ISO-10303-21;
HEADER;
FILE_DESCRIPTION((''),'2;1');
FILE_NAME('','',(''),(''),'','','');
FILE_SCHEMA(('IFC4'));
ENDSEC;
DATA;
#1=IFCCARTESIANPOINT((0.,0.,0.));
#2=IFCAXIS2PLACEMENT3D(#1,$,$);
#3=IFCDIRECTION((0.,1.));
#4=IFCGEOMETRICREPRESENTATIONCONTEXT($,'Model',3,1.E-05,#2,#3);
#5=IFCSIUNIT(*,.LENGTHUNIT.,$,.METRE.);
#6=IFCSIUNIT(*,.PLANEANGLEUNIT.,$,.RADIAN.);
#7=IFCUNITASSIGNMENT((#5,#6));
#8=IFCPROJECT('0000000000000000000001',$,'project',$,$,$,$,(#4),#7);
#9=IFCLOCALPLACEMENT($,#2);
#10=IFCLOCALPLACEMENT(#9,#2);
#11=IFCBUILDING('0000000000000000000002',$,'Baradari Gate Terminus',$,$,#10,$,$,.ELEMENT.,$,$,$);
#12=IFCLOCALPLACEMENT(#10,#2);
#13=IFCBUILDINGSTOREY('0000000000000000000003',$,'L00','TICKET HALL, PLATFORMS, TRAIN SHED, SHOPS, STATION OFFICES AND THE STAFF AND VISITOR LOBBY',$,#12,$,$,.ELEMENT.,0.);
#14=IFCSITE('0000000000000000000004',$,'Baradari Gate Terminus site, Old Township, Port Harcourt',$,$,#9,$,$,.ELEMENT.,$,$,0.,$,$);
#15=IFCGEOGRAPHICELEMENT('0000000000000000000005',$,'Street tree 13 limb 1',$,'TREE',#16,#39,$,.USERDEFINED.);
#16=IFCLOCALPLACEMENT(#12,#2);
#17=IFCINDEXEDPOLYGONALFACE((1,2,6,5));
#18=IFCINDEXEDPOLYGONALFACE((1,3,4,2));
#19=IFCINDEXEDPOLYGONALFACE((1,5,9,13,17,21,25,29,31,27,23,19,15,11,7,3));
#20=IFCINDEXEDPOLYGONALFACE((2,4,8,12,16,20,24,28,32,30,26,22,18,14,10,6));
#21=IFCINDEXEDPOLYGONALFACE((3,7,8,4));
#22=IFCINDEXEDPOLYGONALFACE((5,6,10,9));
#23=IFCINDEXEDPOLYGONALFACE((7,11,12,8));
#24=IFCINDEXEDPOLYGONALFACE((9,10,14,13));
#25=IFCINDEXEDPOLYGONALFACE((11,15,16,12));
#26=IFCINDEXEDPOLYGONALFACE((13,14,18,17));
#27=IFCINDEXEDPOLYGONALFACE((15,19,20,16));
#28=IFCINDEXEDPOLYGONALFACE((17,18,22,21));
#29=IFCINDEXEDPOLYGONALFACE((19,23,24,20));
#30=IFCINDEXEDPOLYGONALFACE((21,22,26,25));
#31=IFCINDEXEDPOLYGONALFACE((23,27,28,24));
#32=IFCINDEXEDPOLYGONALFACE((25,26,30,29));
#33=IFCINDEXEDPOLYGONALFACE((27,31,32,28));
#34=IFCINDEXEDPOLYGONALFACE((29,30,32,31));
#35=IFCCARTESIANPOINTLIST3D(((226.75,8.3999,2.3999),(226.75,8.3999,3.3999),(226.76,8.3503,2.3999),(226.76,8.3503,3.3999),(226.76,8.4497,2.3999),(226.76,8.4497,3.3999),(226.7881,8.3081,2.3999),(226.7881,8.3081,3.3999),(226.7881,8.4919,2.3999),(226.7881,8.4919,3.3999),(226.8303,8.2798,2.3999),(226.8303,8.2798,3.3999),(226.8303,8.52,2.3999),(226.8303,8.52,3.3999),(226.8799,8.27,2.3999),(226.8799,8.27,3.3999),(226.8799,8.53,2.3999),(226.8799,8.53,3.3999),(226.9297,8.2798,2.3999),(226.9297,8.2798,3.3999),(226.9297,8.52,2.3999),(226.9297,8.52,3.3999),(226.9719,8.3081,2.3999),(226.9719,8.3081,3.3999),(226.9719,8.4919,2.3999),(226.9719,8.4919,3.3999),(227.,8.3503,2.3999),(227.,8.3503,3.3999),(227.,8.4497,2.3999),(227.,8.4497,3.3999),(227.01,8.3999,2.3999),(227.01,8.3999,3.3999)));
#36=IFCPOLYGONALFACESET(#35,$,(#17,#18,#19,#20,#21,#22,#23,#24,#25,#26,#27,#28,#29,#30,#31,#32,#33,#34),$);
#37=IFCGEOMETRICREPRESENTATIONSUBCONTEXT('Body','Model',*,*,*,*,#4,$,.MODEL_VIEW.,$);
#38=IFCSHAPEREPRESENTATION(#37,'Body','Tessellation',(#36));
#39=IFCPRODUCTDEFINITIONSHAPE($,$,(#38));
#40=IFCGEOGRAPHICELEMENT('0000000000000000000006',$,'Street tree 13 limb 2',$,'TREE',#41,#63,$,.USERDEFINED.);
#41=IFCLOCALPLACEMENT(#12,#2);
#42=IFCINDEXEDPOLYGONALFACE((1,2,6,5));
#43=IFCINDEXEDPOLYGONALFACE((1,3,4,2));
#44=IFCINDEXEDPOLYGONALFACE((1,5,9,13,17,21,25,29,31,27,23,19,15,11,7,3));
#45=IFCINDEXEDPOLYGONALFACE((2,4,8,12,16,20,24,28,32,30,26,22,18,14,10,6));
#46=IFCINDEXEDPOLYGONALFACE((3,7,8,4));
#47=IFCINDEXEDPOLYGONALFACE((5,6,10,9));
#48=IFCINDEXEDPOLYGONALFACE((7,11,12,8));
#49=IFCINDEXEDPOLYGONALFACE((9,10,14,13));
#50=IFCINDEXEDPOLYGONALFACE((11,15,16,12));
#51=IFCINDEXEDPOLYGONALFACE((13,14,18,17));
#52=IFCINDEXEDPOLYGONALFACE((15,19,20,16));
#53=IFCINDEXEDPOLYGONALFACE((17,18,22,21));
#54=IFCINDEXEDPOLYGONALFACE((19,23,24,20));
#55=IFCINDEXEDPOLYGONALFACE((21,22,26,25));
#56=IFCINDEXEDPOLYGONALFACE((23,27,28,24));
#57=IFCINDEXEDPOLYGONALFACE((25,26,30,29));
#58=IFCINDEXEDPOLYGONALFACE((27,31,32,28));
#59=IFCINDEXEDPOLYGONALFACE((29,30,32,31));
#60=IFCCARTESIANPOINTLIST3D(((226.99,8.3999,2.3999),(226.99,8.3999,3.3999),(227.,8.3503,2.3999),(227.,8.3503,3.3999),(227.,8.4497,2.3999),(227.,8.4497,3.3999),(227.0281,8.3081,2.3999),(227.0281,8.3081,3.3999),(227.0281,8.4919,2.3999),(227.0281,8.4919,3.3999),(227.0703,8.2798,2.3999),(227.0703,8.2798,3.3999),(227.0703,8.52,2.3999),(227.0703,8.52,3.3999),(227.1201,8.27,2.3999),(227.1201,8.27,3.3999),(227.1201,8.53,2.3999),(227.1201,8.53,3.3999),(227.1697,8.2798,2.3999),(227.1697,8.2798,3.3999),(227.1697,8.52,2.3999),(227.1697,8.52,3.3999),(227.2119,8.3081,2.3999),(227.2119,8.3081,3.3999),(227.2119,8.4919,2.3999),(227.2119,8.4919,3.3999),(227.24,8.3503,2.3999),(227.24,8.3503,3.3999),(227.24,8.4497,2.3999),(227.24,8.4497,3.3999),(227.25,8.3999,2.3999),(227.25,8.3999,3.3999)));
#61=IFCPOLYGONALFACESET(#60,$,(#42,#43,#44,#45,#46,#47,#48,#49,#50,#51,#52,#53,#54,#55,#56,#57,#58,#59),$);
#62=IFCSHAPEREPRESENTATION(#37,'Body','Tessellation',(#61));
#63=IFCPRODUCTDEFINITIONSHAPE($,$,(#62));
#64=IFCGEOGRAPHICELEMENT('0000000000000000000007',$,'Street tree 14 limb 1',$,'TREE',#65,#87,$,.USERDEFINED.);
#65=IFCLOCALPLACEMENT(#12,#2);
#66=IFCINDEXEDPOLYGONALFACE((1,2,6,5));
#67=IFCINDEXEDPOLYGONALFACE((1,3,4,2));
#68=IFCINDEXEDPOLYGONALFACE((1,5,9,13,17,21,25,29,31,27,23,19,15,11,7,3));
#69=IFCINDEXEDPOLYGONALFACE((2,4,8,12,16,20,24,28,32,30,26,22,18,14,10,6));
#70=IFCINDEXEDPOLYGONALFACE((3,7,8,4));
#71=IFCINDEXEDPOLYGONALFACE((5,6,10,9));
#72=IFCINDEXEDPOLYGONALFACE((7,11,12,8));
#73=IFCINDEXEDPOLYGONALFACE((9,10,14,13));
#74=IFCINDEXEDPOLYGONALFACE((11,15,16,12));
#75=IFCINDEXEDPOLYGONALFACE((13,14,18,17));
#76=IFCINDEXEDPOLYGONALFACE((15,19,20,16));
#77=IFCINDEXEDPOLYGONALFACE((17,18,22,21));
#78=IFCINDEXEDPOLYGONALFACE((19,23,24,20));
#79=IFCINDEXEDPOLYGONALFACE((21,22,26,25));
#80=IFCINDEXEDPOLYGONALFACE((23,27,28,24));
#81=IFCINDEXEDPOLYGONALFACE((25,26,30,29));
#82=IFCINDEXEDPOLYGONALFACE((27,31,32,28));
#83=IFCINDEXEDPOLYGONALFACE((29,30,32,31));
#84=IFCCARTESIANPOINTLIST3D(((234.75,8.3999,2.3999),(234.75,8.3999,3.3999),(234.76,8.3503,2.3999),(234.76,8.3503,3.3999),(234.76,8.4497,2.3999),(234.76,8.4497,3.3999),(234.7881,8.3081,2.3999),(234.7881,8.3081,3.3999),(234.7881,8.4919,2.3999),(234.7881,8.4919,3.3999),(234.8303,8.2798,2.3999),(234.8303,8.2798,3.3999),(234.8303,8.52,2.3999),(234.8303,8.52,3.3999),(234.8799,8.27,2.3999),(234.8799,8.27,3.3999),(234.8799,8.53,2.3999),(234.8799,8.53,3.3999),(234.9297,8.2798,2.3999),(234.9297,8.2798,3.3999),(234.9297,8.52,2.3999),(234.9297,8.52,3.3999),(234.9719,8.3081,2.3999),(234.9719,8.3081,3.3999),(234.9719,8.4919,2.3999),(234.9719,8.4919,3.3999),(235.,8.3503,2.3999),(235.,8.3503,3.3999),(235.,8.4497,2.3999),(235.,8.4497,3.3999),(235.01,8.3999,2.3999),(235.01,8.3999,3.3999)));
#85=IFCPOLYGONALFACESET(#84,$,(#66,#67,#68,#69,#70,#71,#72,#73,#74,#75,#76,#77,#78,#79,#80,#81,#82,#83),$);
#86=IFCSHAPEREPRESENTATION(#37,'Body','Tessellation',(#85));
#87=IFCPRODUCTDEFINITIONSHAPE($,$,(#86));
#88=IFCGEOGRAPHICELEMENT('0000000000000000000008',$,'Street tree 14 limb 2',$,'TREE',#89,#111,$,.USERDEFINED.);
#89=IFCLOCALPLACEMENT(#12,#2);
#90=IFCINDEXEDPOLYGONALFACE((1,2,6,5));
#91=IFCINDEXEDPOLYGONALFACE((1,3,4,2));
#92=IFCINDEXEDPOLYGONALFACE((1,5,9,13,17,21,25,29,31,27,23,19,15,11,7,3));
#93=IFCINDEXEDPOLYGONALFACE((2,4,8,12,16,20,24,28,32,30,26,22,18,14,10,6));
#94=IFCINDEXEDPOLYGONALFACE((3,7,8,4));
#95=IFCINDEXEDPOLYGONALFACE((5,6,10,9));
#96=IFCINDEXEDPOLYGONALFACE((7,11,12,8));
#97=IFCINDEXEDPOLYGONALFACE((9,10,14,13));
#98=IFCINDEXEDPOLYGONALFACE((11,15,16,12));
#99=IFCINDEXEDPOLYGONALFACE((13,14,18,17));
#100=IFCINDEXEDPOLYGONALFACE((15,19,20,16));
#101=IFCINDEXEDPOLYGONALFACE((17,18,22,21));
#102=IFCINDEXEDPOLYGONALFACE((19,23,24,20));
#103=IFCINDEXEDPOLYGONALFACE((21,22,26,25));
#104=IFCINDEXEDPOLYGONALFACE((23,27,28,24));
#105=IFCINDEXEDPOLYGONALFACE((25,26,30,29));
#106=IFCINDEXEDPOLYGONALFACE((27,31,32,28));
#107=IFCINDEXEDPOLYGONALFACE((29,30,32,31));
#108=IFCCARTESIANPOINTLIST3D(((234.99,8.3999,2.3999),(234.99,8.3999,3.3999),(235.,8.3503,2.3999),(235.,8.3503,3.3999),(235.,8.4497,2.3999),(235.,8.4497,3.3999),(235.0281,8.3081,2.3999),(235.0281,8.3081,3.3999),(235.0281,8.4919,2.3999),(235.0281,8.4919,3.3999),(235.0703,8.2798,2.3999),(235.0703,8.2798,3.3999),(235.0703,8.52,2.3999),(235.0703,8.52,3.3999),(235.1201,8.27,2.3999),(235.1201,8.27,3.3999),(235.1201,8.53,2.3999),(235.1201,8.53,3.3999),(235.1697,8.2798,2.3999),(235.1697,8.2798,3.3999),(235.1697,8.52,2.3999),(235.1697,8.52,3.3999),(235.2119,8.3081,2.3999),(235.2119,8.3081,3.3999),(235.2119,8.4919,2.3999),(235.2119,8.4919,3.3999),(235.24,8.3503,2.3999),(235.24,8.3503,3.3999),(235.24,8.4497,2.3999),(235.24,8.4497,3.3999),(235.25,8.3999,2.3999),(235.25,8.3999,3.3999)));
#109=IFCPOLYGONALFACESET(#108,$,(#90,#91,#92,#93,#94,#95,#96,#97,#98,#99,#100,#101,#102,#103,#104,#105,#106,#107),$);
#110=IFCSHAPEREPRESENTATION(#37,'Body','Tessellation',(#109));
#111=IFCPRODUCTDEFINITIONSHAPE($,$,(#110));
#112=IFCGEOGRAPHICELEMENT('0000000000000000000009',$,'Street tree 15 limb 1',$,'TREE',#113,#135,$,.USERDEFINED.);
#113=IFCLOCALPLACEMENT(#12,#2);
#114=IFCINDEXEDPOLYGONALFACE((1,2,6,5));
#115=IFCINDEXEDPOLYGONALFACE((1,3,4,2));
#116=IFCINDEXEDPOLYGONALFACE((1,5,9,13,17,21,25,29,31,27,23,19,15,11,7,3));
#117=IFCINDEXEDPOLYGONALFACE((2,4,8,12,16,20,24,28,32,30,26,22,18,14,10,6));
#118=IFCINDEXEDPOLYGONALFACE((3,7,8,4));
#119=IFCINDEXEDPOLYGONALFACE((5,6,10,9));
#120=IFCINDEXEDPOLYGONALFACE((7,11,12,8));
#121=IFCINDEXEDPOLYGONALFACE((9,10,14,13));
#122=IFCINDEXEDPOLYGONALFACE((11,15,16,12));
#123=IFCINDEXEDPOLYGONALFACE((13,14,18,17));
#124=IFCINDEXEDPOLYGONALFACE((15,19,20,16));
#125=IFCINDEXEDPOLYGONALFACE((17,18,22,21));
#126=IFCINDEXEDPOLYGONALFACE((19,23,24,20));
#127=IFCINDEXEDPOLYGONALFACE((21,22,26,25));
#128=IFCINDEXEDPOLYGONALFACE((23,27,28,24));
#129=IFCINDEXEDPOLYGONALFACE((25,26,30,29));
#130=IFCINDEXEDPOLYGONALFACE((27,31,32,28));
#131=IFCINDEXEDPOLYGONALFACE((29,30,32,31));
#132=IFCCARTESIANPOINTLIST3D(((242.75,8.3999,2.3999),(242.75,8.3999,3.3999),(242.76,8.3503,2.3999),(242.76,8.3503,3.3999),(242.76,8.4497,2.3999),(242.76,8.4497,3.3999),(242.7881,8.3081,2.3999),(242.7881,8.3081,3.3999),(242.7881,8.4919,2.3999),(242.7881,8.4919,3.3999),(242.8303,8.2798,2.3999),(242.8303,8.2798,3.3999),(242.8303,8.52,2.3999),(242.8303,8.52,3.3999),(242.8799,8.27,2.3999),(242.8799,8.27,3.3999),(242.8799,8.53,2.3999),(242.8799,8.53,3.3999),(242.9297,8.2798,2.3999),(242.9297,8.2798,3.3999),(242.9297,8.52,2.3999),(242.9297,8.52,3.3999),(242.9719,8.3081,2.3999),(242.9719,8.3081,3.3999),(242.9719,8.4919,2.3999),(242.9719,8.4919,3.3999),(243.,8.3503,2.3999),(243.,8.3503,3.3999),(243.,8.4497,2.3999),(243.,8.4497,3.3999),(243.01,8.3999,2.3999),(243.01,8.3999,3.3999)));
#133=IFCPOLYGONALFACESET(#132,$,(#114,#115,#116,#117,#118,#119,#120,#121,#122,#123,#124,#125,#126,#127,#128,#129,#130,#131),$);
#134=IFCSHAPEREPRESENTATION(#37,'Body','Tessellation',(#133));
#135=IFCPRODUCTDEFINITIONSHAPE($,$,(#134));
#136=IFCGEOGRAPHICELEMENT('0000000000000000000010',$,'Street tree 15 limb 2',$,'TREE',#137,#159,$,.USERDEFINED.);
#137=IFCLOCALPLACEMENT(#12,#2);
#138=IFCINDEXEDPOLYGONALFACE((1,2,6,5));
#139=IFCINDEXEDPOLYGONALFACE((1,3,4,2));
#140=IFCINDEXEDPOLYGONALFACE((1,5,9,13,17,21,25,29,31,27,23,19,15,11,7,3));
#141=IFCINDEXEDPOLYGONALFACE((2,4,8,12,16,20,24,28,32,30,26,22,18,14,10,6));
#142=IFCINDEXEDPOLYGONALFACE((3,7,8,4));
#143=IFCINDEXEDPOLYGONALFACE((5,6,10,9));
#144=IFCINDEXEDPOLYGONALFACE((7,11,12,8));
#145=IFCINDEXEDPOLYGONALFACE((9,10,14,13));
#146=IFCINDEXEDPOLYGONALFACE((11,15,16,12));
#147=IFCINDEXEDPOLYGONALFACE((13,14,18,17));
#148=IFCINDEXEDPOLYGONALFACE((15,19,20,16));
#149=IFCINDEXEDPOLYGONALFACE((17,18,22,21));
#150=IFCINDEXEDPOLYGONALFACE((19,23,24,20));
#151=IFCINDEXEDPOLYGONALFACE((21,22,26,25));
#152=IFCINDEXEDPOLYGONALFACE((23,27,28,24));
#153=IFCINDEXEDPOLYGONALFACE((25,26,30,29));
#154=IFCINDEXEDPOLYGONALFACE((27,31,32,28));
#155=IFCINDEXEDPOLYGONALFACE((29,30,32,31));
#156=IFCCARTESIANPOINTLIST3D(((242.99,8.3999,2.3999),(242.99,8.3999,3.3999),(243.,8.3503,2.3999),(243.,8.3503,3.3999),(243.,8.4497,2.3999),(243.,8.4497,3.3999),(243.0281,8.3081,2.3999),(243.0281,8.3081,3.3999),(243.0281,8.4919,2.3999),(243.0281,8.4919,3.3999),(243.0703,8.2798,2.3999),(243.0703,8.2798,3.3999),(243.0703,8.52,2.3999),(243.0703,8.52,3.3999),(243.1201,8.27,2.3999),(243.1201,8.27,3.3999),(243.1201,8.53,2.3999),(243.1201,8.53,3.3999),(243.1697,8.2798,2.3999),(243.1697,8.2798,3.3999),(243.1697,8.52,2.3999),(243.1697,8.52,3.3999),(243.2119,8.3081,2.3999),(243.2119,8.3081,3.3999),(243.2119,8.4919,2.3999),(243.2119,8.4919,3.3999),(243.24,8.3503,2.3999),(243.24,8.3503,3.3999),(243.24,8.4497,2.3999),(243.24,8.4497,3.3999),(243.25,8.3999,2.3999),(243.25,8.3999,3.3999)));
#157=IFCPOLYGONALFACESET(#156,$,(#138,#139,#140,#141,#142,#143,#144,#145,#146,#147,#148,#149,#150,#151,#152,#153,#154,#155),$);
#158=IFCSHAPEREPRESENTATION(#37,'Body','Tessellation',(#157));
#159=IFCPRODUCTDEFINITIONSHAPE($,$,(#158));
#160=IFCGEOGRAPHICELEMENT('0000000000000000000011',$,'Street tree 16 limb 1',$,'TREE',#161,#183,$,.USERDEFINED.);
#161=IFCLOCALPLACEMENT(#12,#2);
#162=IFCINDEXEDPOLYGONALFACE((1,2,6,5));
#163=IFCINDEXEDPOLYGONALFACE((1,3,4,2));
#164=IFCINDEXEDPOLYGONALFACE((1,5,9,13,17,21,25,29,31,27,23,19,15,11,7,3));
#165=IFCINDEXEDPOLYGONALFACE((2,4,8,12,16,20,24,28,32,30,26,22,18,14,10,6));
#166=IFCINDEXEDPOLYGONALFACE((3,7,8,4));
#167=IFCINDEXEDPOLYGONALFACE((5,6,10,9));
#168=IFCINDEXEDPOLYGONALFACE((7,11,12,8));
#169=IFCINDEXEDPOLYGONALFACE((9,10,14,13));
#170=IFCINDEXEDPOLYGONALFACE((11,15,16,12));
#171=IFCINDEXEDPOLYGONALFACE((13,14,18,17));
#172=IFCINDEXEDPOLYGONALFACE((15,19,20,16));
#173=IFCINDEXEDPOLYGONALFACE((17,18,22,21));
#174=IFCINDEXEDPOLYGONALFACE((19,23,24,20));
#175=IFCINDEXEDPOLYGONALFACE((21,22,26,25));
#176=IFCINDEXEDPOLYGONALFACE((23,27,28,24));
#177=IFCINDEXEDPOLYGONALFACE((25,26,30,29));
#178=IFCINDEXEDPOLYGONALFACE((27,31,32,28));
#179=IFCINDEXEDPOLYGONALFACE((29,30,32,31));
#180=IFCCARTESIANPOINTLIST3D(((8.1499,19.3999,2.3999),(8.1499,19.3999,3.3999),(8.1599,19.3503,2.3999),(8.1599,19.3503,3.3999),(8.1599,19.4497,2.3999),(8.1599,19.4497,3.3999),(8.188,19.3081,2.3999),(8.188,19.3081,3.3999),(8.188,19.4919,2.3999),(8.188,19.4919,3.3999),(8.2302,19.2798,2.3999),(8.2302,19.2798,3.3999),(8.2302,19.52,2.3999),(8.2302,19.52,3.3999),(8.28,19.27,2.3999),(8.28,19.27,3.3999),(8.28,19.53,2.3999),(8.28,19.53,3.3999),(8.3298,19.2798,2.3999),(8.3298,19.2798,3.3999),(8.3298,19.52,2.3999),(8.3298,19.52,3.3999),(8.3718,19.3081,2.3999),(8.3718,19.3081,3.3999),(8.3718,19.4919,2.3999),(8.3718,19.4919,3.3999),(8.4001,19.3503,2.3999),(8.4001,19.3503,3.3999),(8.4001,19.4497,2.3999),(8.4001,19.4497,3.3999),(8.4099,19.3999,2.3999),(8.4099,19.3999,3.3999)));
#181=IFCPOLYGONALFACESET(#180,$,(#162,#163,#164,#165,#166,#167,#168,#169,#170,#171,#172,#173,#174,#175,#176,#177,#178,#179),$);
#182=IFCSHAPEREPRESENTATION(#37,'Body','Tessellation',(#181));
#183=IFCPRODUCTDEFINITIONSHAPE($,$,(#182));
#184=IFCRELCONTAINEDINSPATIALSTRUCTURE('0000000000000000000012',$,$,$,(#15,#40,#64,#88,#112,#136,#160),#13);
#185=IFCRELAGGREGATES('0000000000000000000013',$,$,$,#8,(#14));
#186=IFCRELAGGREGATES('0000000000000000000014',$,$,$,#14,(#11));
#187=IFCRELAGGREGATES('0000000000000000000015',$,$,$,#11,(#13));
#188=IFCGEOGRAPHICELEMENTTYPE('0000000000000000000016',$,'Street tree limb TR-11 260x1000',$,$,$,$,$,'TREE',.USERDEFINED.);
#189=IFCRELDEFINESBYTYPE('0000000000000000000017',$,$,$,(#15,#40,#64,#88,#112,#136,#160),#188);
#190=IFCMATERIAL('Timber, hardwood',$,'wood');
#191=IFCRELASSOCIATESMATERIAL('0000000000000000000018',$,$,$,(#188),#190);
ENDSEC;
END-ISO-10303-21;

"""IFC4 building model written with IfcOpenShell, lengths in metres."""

from ifc_helpers import new_model, si_unit, direction, frame, origin, place, context, subcontext, project, spatial, polyline, outline, extrude, material, type_object, element, save


model = new_model("IFC4")

# Units and contexts
model_context = context("Model", 3, precision=1e-05, world=origin(), true_north=direction((0.0, 1.0)))
body_context = subcontext(model_context, "Body", "Model", "MODEL_VIEW")
ifc_project = project(units=[si_unit("LENGTHUNIT", "METRE"), si_unit("PLANEANGLEUNIT", "RADIAN")], contexts=[model_context])

# Site, building, storey
site_placement = place(None, origin())
site = spatial("IfcSite", under=ifc_project, at=site_placement, Name="Baradari Gate Terminus site, Old Township, Port Harcourt", CompositionType="ELEMENT", RefElevation=0.0)
building_placement = place(site_placement, origin())
building = spatial("IfcBuilding", under=site, at=building_placement, Name="Baradari Gate Terminus", CompositionType="ELEMENT")
storey_placement = place(building_placement, origin())
storey = spatial("IfcBuildingStorey", under=building, at=storey_placement, Name="L00", Description="TICKET HALL, PLATFORMS, TRAIN SHED, SHOPS, STATION OFFICES AND THE STAFF AND VISITOR LOBBY", CompositionType="ELEMENT", Elevation=0.0)

# Geographic elements
ifc_material_1 = material(Name="Timber, hardwood", Category="wood")
geographic_element_type_1 = type_object("IfcGeographicElementType", Name="Street tree limb TR-11 260x1000", ElementType="TREE", PredefinedType="USERDEFINED", material=ifc_material_1)
geographic_element_1_placement = place(storey_placement, frame((0.0, 0.0, 2.3999)))
element("IfcGeographicElement", 1, at=geographic_element_1_placement, inside=storey, type_object=geographic_element_type_1, Name="Street tree 13 limb 1", ObjectType="TREE", PredefinedType="USERDEFINED", context=body_context, shape_type="SweptSolid", body=[
    extrude(outline(polyline([(227.01, 8.3999), (227.0, 8.4497), (226.9719, 8.4919), (226.9297, 8.52), (226.8799, 8.53), (226.8303, 8.52), (226.7881, 8.4919), (226.76, 8.4497), (226.75, 8.3999), (226.76, 8.3503), (226.7881, 8.3081), (226.8303, 8.2798), (226.8799, 8.27), (226.9297, 8.2798), (226.9719, 8.3081), (227.0, 8.3503), (227.01, 8.3999)])), origin(), (0.0, 0.0, 1.0), 1.0),
])
geographic_element_2_placement = place(storey_placement, frame((0.0, 0.0, 2.3999)))
element("IfcGeographicElement", 2, at=geographic_element_2_placement, inside=storey, type_object=geographic_element_type_1, Name="Street tree 13 limb 2", ObjectType="TREE", PredefinedType="USERDEFINED", context=body_context, shape_type="SweptSolid", body=[
    extrude(outline(polyline([(227.25, 8.3999), (227.24, 8.4497), (227.2119, 8.4919), (227.1697, 8.52), (227.1201, 8.53), (227.0703, 8.52), (227.0281, 8.4919), (227.0, 8.4497), (226.99, 8.3999), (227.0, 8.3503), (227.0281, 8.3081), (227.0703, 8.2798), (227.1201, 8.27), (227.1697, 8.2798), (227.2119, 8.3081), (227.24, 8.3503), (227.25, 8.3999)])), origin(), (0.0, 0.0, 1.0), 1.0),
])
geographic_element_3_placement = place(storey_placement, frame((0.0, 0.0, 2.3999)))
element("IfcGeographicElement", 3, at=geographic_element_3_placement, inside=storey, type_object=geographic_element_type_1, Name="Street tree 14 limb 1", ObjectType="TREE", PredefinedType="USERDEFINED", context=body_context, shape_type="SweptSolid", body=[
    extrude(outline(polyline([(235.01, 8.3999), (235.0, 8.4497), (234.9719, 8.4919), (234.9297, 8.52), (234.8799, 8.53), (234.8303, 8.52), (234.7881, 8.4919), (234.76, 8.4497), (234.75, 8.3999), (234.76, 8.3503), (234.7881, 8.3081), (234.8303, 8.2798), (234.8799, 8.27), (234.9297, 8.2798), (234.9719, 8.3081), (235.0, 8.3503), (235.01, 8.3999)])), origin(), (0.0, 0.0, 1.0), 1.0),
])
geographic_element_4_placement = place(storey_placement, frame((0.0, 0.0, 2.3999)))
element("IfcGeographicElement", 4, at=geographic_element_4_placement, inside=storey, type_object=geographic_element_type_1, Name="Street tree 14 limb 2", ObjectType="TREE", PredefinedType="USERDEFINED", context=body_context, shape_type="SweptSolid", body=[
    extrude(outline(polyline([(235.25, 8.3999), (235.24, 8.4497), (235.2119, 8.4919), (235.1697, 8.52), (235.1201, 8.53), (235.0703, 8.52), (235.0281, 8.4919), (235.0, 8.4497), (234.99, 8.3999), (235.0, 8.3503), (235.0281, 8.3081), (235.0703, 8.2798), (235.1201, 8.27), (235.1697, 8.2798), (235.2119, 8.3081), (235.24, 8.3503), (235.25, 8.3999)])), origin(), (0.0, 0.0, 1.0), 1.0),
])
geographic_element_5_placement = place(storey_placement, frame((0.0, 0.0, 2.3999)))
element("IfcGeographicElement", 5, at=geographic_element_5_placement, inside=storey, type_object=geographic_element_type_1, Name="Street tree 15 limb 1", ObjectType="TREE", PredefinedType="USERDEFINED", context=body_context, shape_type="SweptSolid", body=[
    extrude(outline(polyline([(243.01, 8.3999), (243.0, 8.4497), (242.9719, 8.4919), (242.9297, 8.52), (242.8799, 8.53), (242.8303, 8.52), (242.7881, 8.4919), (242.76, 8.4497), (242.75, 8.3999), (242.76, 8.3503), (242.7881, 8.3081), (242.8303, 8.2798), (242.8799, 8.27), (242.9297, 8.2798), (242.9719, 8.3081), (243.0, 8.3503), (243.01, 8.3999)])), origin(), (0.0, 0.0, 1.0), 1.0),
])
geographic_element_6_placement = place(storey_placement, frame((0.0, 0.0, 2.3999)))
element("IfcGeographicElement", 6, at=geographic_element_6_placement, inside=storey, type_object=geographic_element_type_1, Name="Street tree 15 limb 2", ObjectType="TREE", PredefinedType="USERDEFINED", context=body_context, shape_type="SweptSolid", body=[
    extrude(outline(polyline([(243.25, 8.3999), (243.24, 8.4497), (243.2119, 8.4919), (243.1697, 8.52), (243.1201, 8.53), (243.0703, 8.52), (243.0281, 8.4919), (243.0, 8.4497), (242.99, 8.3999), (243.0, 8.3503), (243.0281, 8.3081), (243.0703, 8.2798), (243.1201, 8.27), (243.1697, 8.2798), (243.2119, 8.3081), (243.24, 8.3503), (243.25, 8.3999)])), origin(), (0.0, 0.0, 1.0), 1.0),
])
geographic_element_7_placement = place(storey_placement, frame((0.0, 0.0, 2.3999)))
element("IfcGeographicElement", 7, at=geographic_element_7_placement, inside=storey, type_object=geographic_element_type_1, Name="Street tree 16 limb 1", ObjectType="TREE", PredefinedType="USERDEFINED", context=body_context, shape_type="SweptSolid", body=[
    extrude(outline(polyline([(8.4099, 19.3999), (8.4001, 19.4497), (8.3718, 19.4919), (8.3298, 19.52), (8.28, 19.53), (8.2302, 19.52), (8.188, 19.4919), (8.1599, 19.4497), (8.1499, 19.3999), (8.1599, 19.3503), (8.188, 19.3081), (8.2302, 19.2798), (8.28, 19.27), (8.3298, 19.2798), (8.3718, 19.3081), (8.4001, 19.3503), (8.4099, 19.3999)])), origin(), (0.0, 0.0, 1.0), 1.0),
])

save(model, "model.ifc")
